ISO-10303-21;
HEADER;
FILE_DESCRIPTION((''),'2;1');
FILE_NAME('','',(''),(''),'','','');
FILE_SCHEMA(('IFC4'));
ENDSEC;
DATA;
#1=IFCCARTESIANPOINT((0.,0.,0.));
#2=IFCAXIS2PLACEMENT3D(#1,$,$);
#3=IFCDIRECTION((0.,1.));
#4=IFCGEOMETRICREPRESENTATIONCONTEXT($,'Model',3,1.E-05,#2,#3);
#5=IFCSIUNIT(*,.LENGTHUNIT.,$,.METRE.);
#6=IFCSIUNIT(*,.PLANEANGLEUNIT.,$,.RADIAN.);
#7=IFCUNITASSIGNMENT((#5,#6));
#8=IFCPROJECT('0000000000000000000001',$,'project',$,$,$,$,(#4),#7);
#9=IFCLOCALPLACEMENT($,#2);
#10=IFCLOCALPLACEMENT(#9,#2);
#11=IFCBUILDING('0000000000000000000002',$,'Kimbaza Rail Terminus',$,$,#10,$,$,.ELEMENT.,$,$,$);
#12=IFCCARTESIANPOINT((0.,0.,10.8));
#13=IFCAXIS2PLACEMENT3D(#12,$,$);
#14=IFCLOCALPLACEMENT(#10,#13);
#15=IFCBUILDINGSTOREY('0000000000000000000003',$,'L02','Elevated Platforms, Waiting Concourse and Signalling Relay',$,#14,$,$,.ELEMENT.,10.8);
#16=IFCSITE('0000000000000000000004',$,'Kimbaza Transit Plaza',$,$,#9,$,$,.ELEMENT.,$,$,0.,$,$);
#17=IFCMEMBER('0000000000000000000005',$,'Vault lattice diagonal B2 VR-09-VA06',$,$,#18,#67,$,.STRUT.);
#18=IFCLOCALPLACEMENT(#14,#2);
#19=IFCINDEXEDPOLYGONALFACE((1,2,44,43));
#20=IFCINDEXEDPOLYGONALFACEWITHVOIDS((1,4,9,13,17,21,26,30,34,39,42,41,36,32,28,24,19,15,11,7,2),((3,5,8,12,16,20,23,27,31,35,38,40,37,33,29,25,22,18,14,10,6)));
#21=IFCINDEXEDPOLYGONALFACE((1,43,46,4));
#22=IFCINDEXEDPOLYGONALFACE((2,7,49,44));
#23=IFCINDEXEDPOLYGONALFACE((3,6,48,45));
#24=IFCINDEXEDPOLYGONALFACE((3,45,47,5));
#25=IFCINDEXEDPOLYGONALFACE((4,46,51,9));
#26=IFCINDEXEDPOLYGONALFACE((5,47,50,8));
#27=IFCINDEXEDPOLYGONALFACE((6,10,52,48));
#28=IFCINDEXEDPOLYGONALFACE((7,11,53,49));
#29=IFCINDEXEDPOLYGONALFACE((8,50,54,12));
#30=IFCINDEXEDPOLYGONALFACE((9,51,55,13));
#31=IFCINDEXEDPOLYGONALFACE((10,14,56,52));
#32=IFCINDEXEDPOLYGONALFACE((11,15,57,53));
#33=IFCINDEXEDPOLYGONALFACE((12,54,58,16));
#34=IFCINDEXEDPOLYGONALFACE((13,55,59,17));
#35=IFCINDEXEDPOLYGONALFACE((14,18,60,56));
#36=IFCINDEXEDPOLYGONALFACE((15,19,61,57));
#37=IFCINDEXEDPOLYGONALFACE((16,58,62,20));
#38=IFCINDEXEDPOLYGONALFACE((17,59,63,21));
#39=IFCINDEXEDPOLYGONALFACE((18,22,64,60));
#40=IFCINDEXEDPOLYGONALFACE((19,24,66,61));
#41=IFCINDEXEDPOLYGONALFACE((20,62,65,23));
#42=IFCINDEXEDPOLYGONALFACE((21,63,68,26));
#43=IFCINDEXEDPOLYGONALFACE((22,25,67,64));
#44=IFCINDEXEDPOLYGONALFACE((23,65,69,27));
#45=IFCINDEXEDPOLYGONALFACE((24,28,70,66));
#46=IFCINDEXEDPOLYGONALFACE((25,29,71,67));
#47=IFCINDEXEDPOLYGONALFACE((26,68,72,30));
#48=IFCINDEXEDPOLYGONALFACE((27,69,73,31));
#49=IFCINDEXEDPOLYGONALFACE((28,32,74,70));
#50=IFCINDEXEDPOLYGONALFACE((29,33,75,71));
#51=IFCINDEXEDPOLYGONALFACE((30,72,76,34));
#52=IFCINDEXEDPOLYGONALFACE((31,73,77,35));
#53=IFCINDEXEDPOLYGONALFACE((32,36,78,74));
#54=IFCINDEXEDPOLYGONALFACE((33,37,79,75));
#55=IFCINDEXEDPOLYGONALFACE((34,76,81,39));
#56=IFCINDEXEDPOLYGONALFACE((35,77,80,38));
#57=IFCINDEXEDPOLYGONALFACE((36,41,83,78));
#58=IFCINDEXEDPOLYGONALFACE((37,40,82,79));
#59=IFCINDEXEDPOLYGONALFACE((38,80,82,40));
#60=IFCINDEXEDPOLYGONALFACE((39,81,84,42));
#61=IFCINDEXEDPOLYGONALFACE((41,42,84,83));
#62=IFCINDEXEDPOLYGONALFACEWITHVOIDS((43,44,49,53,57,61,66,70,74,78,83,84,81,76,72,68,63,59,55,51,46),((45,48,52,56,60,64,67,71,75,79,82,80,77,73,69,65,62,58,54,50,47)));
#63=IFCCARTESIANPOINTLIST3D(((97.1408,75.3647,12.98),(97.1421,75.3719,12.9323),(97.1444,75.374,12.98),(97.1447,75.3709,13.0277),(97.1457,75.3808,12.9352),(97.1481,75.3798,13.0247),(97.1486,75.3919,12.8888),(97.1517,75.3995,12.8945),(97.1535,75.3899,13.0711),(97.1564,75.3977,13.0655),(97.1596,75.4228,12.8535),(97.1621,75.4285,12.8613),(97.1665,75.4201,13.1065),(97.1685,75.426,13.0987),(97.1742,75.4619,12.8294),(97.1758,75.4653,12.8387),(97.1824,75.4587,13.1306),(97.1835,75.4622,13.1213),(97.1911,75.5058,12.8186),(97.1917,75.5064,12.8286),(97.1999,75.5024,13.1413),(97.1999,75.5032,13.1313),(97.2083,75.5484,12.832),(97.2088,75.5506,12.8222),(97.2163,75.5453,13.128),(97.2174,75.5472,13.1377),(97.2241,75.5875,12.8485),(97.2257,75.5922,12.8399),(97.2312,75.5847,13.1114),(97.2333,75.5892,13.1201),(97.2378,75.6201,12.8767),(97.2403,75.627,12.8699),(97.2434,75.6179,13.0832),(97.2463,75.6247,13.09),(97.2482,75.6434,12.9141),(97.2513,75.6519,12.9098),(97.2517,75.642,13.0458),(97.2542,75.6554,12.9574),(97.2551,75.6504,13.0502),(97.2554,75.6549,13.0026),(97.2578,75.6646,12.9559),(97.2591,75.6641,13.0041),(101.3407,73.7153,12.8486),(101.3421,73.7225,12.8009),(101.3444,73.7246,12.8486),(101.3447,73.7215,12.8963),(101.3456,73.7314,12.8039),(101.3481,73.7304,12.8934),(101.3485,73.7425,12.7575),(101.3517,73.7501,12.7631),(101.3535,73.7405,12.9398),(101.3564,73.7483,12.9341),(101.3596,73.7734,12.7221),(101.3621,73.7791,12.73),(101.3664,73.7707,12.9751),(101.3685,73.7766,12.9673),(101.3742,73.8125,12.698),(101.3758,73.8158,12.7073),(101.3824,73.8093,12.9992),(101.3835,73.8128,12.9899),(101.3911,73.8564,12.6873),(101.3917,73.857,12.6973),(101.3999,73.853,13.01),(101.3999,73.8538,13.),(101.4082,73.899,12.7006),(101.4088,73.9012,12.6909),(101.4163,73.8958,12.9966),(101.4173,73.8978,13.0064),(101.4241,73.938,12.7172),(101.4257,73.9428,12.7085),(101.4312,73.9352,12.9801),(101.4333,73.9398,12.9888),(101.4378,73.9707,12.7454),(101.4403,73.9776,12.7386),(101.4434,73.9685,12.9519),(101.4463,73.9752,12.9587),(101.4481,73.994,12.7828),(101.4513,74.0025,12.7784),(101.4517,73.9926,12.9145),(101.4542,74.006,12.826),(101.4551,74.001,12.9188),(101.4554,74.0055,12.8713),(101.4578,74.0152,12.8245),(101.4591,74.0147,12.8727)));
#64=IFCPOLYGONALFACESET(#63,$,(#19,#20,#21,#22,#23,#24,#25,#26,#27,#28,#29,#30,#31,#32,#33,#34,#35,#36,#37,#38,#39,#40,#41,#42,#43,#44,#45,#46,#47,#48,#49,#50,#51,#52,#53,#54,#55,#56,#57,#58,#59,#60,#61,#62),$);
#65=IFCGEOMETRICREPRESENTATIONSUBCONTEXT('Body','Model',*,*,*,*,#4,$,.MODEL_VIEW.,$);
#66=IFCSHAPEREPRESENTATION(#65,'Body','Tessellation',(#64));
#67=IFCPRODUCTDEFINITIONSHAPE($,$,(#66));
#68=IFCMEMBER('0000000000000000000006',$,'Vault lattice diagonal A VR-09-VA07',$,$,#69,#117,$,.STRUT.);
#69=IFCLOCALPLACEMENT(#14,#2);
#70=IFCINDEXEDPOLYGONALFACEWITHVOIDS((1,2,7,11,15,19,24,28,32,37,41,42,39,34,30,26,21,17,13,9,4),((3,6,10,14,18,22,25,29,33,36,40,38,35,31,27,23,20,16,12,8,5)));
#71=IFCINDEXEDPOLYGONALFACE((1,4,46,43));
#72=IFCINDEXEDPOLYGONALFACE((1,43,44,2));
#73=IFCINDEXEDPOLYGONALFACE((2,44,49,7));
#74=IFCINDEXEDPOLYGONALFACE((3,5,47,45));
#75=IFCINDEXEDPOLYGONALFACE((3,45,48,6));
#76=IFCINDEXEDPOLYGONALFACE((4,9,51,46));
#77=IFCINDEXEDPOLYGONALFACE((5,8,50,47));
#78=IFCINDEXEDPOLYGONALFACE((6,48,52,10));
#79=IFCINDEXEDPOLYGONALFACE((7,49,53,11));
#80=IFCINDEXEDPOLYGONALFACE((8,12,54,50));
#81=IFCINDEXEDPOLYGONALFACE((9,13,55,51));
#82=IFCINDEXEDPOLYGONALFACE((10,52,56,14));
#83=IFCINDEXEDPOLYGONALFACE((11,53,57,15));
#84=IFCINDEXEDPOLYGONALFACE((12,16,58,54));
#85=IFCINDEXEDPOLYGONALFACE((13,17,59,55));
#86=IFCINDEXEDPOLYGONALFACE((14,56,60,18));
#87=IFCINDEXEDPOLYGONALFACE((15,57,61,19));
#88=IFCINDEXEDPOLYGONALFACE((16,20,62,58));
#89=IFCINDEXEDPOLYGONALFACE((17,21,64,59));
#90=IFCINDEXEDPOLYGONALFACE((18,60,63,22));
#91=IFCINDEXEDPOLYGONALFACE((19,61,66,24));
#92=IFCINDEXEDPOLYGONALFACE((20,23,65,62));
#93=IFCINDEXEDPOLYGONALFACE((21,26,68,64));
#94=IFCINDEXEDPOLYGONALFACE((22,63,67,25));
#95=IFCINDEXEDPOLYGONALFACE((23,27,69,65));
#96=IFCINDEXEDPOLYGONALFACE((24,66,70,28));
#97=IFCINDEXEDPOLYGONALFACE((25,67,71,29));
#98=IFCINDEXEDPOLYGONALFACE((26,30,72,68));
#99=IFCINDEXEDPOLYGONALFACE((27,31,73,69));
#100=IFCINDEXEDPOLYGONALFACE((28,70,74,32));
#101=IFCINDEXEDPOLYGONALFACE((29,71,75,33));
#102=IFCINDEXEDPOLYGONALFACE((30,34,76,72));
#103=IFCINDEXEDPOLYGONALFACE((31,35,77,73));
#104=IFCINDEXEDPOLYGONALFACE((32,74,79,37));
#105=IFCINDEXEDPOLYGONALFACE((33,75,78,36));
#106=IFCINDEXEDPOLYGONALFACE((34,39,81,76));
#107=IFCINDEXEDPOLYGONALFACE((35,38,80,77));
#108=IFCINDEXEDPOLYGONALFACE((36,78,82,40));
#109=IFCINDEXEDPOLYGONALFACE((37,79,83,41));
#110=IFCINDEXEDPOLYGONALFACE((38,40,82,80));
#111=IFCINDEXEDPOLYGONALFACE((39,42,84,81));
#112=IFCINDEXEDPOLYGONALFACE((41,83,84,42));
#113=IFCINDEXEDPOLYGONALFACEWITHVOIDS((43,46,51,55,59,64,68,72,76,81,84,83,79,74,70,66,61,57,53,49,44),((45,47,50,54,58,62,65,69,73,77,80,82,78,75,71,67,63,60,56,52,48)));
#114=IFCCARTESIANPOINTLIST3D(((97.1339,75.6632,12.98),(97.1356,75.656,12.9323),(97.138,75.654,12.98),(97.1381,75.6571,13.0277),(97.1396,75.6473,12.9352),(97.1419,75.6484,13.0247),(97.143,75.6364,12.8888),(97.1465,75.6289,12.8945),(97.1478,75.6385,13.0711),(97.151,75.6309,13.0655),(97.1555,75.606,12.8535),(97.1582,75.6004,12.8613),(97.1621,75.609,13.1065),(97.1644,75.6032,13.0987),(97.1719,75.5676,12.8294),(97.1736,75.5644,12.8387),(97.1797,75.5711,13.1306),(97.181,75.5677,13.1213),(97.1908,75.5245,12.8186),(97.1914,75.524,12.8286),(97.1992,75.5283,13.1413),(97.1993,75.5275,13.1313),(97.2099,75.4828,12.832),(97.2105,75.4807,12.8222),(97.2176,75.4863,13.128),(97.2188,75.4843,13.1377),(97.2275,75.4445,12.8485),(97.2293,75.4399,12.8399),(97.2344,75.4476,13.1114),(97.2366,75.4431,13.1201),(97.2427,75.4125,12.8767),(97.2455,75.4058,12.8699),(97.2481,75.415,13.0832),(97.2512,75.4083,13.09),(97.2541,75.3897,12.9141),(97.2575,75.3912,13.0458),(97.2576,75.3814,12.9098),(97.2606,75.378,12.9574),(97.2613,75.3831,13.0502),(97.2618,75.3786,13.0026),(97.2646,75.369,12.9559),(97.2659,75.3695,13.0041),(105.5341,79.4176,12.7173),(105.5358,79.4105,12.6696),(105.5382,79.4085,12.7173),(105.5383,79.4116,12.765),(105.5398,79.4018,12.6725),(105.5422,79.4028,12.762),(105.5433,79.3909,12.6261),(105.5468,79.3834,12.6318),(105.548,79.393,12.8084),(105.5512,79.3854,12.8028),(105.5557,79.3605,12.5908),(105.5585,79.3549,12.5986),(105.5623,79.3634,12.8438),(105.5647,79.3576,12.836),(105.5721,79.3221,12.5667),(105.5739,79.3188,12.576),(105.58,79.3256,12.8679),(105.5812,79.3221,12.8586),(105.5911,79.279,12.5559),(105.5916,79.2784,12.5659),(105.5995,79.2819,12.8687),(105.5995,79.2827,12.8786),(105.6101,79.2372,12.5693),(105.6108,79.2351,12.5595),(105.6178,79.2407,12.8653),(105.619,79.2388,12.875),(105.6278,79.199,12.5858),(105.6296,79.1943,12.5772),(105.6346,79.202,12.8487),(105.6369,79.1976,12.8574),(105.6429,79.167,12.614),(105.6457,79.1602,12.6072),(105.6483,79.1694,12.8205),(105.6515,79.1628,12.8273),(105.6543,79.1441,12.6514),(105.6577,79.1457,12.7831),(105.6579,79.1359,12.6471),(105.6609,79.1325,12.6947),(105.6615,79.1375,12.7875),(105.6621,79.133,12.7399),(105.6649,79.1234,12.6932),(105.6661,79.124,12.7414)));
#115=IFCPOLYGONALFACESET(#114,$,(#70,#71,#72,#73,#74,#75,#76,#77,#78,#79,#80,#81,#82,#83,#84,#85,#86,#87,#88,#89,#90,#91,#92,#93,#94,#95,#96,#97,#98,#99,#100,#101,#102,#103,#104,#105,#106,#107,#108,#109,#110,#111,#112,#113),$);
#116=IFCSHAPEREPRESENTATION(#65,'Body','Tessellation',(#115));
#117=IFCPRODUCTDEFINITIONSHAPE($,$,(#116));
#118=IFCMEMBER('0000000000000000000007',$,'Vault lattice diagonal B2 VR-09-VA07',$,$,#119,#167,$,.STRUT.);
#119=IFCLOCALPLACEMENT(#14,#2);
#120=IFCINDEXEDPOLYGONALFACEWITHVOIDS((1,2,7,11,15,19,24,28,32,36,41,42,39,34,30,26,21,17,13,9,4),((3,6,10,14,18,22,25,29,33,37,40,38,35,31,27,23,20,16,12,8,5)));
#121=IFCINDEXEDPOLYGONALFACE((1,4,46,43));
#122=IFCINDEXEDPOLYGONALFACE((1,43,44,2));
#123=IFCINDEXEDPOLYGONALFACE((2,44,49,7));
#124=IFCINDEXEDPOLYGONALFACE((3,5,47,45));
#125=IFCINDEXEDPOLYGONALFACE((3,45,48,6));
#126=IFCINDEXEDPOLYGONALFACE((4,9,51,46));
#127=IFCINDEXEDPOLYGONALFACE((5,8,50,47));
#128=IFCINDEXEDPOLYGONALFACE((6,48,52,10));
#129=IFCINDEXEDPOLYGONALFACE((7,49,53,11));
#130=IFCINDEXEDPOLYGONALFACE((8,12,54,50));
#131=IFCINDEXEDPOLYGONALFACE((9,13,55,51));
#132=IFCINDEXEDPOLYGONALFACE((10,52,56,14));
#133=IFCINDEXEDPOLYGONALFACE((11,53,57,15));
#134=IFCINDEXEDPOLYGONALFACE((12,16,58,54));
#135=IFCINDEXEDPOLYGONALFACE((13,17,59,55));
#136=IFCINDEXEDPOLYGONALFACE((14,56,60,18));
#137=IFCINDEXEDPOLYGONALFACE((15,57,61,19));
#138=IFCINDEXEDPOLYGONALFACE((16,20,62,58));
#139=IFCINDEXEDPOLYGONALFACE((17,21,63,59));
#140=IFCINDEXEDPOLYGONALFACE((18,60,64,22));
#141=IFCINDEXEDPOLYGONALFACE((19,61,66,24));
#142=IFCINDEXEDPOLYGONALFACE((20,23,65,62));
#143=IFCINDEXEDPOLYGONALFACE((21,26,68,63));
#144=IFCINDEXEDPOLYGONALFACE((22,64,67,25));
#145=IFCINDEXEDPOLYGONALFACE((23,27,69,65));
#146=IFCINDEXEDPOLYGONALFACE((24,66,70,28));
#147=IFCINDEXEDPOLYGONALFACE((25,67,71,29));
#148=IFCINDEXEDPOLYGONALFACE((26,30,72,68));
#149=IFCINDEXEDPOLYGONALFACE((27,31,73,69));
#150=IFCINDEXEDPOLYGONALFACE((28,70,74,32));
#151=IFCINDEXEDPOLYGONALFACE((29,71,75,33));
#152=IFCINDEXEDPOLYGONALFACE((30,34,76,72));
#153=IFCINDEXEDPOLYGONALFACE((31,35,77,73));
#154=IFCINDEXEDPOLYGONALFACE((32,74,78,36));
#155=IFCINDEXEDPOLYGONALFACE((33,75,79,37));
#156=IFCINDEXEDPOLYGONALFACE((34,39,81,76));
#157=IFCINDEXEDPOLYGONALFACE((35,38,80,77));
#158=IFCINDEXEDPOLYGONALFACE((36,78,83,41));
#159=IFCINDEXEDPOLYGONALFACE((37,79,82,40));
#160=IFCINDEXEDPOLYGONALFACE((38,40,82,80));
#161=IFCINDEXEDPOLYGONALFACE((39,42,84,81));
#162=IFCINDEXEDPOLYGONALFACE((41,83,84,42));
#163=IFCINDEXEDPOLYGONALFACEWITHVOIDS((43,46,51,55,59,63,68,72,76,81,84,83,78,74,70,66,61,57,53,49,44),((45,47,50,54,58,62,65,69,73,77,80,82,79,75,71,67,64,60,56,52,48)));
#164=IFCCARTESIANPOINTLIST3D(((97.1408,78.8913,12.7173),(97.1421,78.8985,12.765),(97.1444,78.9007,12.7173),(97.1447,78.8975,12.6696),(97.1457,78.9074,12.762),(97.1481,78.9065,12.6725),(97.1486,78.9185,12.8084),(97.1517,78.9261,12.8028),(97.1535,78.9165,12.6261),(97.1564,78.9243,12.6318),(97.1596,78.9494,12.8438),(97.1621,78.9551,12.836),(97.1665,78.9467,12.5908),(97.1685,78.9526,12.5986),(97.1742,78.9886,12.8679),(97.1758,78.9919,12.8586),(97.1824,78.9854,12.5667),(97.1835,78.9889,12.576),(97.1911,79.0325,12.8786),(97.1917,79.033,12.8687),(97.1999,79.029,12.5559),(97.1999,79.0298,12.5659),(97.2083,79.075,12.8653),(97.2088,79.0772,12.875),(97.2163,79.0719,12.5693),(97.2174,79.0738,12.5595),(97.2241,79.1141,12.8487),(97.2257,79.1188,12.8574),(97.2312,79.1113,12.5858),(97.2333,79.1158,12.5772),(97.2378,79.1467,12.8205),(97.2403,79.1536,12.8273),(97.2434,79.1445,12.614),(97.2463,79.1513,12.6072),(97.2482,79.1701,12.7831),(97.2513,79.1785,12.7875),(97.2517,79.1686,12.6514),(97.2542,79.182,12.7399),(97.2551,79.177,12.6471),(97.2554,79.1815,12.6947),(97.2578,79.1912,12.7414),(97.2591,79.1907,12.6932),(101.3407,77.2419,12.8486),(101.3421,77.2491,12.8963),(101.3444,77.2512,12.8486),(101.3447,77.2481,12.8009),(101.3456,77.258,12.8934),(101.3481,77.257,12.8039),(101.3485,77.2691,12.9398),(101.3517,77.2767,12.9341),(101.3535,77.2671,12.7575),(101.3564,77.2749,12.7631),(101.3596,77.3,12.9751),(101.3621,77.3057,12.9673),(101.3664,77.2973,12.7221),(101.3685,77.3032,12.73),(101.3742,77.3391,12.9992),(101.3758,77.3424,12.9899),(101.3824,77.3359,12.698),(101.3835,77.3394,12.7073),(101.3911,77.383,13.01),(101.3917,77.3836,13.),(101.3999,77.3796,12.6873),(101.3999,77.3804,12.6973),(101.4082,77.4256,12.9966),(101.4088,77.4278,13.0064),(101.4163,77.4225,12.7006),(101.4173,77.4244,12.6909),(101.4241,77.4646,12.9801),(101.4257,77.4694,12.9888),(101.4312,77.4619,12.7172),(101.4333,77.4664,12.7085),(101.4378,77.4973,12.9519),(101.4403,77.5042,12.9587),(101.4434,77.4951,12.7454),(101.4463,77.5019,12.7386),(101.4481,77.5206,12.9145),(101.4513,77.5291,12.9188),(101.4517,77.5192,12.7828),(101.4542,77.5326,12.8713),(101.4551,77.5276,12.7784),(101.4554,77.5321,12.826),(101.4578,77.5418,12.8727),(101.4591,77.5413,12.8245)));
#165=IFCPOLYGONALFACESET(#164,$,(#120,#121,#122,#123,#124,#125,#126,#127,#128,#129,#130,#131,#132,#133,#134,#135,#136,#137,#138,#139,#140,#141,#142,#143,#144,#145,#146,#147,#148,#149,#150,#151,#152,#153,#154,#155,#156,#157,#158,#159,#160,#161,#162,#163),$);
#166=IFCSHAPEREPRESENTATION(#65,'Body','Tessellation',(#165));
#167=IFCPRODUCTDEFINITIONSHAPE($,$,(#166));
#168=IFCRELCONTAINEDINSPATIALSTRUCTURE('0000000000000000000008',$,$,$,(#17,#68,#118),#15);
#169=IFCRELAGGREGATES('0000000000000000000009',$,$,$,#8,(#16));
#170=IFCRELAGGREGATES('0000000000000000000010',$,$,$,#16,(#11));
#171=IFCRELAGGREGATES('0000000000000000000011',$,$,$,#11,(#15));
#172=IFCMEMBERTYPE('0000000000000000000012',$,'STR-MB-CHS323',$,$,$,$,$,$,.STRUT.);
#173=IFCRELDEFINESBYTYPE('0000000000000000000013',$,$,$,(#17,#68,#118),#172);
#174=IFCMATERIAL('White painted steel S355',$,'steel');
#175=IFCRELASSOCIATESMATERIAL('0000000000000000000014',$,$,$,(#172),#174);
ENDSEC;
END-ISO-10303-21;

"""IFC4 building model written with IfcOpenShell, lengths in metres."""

from ifc_helpers import new_model, si_unit, direction, frame, origin, origin_2d, place, context, subcontext, project, spatial, hollow_circle, extrude, material, material_profile, profile_set, type_object, element, save


model = new_model("IFC4")

# Units and contexts
model_context = context("Model", 3, precision=1e-05, world=origin(), true_north=direction((0.0, 1.0)))
body_context = subcontext(model_context, "Body", "Model", "MODEL_VIEW")
ifc_project = project(units=[si_unit("LENGTHUNIT", "METRE"), si_unit("PLANEANGLEUNIT", "RADIAN")], contexts=[model_context])

# Site, building, storey
site_placement = place(None, origin())
site = spatial("IfcSite", under=ifc_project, at=site_placement, Name="Kimbaza Transit Plaza", CompositionType="ELEMENT", RefElevation=0.0)
building_placement = place(site_placement, origin())
building = spatial("IfcBuilding", under=site, at=building_placement, Name="Kimbaza Rail Terminus", CompositionType="ELEMENT")
storey_placement = place(building_placement, frame((0.0, 0.0, 10.8)))
storey = spatial("IfcBuildingStorey", under=building, at=storey_placement, Name="L02", Description="Elevated Platforms, Waiting Concourse and Signalling Relay", CompositionType="ELEMENT", Elevation=10.8)

# Members
ifc_material_1 = material(Name="White painted steel S355", Category="steel")
ifc_material_profile_1 = material_profile(ifc_material_1, hollow_circle(Radius=0.1619, WallThickness=0.01, at=origin_2d()), Name="CHS 323.9x10")
ifc_profile_set_1 = profile_set([ifc_material_profile_1], Name="White painted steel S355")
member_type_1 = type_object("IfcMemberType", Name="STR-MB-CHS323", PredefinedType="STRUT", material=ifc_profile_set_1)
member_1_placement = place(storey_placement, frame((101.3999, 73.866, 12.8486), z_axis=(-0.9304, 0.365389, 0.029097), x_axis=(-0.365544, -0.930794, 0.0)))
element("IfcMember", 1, at=member_1_placement, inside=storey, type_object=member_type_1, Name="Vault lattice diagonal B2 VR-09-VA06", PredefinedType="STRUT", context=body_context, shape_type="SweptSolid", body=[
    extrude(hollow_circle(Radius=0.1619, WallThickness=0.01, at=origin_2d()), origin(), (0.0, 0.0, 1.0), 4.5142),
])
member_2_placement = place(storey_placement, frame((97.2, 75.5154, 12.98), z_axis=(0.912591, 0.407877, -0.028539), x_axis=(-0.408043, 0.912963, 0.0)))
element("IfcMember", 2, at=member_2_placement, inside=storey, type_object=member_type_1, Name="Vault lattice diagonal A VR-09-VA07", PredefinedType="STRUT", context=body_context, shape_type="SweptSolid", body=[
    extrude(hollow_circle(Radius=0.1619, WallThickness=0.01, at=origin_2d()), origin(), (0.0, 0.0, 1.0), 9.2048),
])
member_3_placement = place(storey_placement, frame((101.3999, 77.3926, 12.8486), z_axis=(-0.9304, 0.365389, -0.029097), x_axis=(-0.365544, -0.930794, 0.0)))
element("IfcMember", 3, at=member_3_placement, inside=storey, type_object=member_type_1, Name="Vault lattice diagonal B2 VR-09-VA07", PredefinedType="STRUT", context=body_context, shape_type="SweptSolid", body=[
    extrude(hollow_circle(Radius=0.1619, WallThickness=0.01, at=origin_2d()), origin(), (0.0, 0.0, 1.0), 4.5142),
])

save(model, "model.ifc")
